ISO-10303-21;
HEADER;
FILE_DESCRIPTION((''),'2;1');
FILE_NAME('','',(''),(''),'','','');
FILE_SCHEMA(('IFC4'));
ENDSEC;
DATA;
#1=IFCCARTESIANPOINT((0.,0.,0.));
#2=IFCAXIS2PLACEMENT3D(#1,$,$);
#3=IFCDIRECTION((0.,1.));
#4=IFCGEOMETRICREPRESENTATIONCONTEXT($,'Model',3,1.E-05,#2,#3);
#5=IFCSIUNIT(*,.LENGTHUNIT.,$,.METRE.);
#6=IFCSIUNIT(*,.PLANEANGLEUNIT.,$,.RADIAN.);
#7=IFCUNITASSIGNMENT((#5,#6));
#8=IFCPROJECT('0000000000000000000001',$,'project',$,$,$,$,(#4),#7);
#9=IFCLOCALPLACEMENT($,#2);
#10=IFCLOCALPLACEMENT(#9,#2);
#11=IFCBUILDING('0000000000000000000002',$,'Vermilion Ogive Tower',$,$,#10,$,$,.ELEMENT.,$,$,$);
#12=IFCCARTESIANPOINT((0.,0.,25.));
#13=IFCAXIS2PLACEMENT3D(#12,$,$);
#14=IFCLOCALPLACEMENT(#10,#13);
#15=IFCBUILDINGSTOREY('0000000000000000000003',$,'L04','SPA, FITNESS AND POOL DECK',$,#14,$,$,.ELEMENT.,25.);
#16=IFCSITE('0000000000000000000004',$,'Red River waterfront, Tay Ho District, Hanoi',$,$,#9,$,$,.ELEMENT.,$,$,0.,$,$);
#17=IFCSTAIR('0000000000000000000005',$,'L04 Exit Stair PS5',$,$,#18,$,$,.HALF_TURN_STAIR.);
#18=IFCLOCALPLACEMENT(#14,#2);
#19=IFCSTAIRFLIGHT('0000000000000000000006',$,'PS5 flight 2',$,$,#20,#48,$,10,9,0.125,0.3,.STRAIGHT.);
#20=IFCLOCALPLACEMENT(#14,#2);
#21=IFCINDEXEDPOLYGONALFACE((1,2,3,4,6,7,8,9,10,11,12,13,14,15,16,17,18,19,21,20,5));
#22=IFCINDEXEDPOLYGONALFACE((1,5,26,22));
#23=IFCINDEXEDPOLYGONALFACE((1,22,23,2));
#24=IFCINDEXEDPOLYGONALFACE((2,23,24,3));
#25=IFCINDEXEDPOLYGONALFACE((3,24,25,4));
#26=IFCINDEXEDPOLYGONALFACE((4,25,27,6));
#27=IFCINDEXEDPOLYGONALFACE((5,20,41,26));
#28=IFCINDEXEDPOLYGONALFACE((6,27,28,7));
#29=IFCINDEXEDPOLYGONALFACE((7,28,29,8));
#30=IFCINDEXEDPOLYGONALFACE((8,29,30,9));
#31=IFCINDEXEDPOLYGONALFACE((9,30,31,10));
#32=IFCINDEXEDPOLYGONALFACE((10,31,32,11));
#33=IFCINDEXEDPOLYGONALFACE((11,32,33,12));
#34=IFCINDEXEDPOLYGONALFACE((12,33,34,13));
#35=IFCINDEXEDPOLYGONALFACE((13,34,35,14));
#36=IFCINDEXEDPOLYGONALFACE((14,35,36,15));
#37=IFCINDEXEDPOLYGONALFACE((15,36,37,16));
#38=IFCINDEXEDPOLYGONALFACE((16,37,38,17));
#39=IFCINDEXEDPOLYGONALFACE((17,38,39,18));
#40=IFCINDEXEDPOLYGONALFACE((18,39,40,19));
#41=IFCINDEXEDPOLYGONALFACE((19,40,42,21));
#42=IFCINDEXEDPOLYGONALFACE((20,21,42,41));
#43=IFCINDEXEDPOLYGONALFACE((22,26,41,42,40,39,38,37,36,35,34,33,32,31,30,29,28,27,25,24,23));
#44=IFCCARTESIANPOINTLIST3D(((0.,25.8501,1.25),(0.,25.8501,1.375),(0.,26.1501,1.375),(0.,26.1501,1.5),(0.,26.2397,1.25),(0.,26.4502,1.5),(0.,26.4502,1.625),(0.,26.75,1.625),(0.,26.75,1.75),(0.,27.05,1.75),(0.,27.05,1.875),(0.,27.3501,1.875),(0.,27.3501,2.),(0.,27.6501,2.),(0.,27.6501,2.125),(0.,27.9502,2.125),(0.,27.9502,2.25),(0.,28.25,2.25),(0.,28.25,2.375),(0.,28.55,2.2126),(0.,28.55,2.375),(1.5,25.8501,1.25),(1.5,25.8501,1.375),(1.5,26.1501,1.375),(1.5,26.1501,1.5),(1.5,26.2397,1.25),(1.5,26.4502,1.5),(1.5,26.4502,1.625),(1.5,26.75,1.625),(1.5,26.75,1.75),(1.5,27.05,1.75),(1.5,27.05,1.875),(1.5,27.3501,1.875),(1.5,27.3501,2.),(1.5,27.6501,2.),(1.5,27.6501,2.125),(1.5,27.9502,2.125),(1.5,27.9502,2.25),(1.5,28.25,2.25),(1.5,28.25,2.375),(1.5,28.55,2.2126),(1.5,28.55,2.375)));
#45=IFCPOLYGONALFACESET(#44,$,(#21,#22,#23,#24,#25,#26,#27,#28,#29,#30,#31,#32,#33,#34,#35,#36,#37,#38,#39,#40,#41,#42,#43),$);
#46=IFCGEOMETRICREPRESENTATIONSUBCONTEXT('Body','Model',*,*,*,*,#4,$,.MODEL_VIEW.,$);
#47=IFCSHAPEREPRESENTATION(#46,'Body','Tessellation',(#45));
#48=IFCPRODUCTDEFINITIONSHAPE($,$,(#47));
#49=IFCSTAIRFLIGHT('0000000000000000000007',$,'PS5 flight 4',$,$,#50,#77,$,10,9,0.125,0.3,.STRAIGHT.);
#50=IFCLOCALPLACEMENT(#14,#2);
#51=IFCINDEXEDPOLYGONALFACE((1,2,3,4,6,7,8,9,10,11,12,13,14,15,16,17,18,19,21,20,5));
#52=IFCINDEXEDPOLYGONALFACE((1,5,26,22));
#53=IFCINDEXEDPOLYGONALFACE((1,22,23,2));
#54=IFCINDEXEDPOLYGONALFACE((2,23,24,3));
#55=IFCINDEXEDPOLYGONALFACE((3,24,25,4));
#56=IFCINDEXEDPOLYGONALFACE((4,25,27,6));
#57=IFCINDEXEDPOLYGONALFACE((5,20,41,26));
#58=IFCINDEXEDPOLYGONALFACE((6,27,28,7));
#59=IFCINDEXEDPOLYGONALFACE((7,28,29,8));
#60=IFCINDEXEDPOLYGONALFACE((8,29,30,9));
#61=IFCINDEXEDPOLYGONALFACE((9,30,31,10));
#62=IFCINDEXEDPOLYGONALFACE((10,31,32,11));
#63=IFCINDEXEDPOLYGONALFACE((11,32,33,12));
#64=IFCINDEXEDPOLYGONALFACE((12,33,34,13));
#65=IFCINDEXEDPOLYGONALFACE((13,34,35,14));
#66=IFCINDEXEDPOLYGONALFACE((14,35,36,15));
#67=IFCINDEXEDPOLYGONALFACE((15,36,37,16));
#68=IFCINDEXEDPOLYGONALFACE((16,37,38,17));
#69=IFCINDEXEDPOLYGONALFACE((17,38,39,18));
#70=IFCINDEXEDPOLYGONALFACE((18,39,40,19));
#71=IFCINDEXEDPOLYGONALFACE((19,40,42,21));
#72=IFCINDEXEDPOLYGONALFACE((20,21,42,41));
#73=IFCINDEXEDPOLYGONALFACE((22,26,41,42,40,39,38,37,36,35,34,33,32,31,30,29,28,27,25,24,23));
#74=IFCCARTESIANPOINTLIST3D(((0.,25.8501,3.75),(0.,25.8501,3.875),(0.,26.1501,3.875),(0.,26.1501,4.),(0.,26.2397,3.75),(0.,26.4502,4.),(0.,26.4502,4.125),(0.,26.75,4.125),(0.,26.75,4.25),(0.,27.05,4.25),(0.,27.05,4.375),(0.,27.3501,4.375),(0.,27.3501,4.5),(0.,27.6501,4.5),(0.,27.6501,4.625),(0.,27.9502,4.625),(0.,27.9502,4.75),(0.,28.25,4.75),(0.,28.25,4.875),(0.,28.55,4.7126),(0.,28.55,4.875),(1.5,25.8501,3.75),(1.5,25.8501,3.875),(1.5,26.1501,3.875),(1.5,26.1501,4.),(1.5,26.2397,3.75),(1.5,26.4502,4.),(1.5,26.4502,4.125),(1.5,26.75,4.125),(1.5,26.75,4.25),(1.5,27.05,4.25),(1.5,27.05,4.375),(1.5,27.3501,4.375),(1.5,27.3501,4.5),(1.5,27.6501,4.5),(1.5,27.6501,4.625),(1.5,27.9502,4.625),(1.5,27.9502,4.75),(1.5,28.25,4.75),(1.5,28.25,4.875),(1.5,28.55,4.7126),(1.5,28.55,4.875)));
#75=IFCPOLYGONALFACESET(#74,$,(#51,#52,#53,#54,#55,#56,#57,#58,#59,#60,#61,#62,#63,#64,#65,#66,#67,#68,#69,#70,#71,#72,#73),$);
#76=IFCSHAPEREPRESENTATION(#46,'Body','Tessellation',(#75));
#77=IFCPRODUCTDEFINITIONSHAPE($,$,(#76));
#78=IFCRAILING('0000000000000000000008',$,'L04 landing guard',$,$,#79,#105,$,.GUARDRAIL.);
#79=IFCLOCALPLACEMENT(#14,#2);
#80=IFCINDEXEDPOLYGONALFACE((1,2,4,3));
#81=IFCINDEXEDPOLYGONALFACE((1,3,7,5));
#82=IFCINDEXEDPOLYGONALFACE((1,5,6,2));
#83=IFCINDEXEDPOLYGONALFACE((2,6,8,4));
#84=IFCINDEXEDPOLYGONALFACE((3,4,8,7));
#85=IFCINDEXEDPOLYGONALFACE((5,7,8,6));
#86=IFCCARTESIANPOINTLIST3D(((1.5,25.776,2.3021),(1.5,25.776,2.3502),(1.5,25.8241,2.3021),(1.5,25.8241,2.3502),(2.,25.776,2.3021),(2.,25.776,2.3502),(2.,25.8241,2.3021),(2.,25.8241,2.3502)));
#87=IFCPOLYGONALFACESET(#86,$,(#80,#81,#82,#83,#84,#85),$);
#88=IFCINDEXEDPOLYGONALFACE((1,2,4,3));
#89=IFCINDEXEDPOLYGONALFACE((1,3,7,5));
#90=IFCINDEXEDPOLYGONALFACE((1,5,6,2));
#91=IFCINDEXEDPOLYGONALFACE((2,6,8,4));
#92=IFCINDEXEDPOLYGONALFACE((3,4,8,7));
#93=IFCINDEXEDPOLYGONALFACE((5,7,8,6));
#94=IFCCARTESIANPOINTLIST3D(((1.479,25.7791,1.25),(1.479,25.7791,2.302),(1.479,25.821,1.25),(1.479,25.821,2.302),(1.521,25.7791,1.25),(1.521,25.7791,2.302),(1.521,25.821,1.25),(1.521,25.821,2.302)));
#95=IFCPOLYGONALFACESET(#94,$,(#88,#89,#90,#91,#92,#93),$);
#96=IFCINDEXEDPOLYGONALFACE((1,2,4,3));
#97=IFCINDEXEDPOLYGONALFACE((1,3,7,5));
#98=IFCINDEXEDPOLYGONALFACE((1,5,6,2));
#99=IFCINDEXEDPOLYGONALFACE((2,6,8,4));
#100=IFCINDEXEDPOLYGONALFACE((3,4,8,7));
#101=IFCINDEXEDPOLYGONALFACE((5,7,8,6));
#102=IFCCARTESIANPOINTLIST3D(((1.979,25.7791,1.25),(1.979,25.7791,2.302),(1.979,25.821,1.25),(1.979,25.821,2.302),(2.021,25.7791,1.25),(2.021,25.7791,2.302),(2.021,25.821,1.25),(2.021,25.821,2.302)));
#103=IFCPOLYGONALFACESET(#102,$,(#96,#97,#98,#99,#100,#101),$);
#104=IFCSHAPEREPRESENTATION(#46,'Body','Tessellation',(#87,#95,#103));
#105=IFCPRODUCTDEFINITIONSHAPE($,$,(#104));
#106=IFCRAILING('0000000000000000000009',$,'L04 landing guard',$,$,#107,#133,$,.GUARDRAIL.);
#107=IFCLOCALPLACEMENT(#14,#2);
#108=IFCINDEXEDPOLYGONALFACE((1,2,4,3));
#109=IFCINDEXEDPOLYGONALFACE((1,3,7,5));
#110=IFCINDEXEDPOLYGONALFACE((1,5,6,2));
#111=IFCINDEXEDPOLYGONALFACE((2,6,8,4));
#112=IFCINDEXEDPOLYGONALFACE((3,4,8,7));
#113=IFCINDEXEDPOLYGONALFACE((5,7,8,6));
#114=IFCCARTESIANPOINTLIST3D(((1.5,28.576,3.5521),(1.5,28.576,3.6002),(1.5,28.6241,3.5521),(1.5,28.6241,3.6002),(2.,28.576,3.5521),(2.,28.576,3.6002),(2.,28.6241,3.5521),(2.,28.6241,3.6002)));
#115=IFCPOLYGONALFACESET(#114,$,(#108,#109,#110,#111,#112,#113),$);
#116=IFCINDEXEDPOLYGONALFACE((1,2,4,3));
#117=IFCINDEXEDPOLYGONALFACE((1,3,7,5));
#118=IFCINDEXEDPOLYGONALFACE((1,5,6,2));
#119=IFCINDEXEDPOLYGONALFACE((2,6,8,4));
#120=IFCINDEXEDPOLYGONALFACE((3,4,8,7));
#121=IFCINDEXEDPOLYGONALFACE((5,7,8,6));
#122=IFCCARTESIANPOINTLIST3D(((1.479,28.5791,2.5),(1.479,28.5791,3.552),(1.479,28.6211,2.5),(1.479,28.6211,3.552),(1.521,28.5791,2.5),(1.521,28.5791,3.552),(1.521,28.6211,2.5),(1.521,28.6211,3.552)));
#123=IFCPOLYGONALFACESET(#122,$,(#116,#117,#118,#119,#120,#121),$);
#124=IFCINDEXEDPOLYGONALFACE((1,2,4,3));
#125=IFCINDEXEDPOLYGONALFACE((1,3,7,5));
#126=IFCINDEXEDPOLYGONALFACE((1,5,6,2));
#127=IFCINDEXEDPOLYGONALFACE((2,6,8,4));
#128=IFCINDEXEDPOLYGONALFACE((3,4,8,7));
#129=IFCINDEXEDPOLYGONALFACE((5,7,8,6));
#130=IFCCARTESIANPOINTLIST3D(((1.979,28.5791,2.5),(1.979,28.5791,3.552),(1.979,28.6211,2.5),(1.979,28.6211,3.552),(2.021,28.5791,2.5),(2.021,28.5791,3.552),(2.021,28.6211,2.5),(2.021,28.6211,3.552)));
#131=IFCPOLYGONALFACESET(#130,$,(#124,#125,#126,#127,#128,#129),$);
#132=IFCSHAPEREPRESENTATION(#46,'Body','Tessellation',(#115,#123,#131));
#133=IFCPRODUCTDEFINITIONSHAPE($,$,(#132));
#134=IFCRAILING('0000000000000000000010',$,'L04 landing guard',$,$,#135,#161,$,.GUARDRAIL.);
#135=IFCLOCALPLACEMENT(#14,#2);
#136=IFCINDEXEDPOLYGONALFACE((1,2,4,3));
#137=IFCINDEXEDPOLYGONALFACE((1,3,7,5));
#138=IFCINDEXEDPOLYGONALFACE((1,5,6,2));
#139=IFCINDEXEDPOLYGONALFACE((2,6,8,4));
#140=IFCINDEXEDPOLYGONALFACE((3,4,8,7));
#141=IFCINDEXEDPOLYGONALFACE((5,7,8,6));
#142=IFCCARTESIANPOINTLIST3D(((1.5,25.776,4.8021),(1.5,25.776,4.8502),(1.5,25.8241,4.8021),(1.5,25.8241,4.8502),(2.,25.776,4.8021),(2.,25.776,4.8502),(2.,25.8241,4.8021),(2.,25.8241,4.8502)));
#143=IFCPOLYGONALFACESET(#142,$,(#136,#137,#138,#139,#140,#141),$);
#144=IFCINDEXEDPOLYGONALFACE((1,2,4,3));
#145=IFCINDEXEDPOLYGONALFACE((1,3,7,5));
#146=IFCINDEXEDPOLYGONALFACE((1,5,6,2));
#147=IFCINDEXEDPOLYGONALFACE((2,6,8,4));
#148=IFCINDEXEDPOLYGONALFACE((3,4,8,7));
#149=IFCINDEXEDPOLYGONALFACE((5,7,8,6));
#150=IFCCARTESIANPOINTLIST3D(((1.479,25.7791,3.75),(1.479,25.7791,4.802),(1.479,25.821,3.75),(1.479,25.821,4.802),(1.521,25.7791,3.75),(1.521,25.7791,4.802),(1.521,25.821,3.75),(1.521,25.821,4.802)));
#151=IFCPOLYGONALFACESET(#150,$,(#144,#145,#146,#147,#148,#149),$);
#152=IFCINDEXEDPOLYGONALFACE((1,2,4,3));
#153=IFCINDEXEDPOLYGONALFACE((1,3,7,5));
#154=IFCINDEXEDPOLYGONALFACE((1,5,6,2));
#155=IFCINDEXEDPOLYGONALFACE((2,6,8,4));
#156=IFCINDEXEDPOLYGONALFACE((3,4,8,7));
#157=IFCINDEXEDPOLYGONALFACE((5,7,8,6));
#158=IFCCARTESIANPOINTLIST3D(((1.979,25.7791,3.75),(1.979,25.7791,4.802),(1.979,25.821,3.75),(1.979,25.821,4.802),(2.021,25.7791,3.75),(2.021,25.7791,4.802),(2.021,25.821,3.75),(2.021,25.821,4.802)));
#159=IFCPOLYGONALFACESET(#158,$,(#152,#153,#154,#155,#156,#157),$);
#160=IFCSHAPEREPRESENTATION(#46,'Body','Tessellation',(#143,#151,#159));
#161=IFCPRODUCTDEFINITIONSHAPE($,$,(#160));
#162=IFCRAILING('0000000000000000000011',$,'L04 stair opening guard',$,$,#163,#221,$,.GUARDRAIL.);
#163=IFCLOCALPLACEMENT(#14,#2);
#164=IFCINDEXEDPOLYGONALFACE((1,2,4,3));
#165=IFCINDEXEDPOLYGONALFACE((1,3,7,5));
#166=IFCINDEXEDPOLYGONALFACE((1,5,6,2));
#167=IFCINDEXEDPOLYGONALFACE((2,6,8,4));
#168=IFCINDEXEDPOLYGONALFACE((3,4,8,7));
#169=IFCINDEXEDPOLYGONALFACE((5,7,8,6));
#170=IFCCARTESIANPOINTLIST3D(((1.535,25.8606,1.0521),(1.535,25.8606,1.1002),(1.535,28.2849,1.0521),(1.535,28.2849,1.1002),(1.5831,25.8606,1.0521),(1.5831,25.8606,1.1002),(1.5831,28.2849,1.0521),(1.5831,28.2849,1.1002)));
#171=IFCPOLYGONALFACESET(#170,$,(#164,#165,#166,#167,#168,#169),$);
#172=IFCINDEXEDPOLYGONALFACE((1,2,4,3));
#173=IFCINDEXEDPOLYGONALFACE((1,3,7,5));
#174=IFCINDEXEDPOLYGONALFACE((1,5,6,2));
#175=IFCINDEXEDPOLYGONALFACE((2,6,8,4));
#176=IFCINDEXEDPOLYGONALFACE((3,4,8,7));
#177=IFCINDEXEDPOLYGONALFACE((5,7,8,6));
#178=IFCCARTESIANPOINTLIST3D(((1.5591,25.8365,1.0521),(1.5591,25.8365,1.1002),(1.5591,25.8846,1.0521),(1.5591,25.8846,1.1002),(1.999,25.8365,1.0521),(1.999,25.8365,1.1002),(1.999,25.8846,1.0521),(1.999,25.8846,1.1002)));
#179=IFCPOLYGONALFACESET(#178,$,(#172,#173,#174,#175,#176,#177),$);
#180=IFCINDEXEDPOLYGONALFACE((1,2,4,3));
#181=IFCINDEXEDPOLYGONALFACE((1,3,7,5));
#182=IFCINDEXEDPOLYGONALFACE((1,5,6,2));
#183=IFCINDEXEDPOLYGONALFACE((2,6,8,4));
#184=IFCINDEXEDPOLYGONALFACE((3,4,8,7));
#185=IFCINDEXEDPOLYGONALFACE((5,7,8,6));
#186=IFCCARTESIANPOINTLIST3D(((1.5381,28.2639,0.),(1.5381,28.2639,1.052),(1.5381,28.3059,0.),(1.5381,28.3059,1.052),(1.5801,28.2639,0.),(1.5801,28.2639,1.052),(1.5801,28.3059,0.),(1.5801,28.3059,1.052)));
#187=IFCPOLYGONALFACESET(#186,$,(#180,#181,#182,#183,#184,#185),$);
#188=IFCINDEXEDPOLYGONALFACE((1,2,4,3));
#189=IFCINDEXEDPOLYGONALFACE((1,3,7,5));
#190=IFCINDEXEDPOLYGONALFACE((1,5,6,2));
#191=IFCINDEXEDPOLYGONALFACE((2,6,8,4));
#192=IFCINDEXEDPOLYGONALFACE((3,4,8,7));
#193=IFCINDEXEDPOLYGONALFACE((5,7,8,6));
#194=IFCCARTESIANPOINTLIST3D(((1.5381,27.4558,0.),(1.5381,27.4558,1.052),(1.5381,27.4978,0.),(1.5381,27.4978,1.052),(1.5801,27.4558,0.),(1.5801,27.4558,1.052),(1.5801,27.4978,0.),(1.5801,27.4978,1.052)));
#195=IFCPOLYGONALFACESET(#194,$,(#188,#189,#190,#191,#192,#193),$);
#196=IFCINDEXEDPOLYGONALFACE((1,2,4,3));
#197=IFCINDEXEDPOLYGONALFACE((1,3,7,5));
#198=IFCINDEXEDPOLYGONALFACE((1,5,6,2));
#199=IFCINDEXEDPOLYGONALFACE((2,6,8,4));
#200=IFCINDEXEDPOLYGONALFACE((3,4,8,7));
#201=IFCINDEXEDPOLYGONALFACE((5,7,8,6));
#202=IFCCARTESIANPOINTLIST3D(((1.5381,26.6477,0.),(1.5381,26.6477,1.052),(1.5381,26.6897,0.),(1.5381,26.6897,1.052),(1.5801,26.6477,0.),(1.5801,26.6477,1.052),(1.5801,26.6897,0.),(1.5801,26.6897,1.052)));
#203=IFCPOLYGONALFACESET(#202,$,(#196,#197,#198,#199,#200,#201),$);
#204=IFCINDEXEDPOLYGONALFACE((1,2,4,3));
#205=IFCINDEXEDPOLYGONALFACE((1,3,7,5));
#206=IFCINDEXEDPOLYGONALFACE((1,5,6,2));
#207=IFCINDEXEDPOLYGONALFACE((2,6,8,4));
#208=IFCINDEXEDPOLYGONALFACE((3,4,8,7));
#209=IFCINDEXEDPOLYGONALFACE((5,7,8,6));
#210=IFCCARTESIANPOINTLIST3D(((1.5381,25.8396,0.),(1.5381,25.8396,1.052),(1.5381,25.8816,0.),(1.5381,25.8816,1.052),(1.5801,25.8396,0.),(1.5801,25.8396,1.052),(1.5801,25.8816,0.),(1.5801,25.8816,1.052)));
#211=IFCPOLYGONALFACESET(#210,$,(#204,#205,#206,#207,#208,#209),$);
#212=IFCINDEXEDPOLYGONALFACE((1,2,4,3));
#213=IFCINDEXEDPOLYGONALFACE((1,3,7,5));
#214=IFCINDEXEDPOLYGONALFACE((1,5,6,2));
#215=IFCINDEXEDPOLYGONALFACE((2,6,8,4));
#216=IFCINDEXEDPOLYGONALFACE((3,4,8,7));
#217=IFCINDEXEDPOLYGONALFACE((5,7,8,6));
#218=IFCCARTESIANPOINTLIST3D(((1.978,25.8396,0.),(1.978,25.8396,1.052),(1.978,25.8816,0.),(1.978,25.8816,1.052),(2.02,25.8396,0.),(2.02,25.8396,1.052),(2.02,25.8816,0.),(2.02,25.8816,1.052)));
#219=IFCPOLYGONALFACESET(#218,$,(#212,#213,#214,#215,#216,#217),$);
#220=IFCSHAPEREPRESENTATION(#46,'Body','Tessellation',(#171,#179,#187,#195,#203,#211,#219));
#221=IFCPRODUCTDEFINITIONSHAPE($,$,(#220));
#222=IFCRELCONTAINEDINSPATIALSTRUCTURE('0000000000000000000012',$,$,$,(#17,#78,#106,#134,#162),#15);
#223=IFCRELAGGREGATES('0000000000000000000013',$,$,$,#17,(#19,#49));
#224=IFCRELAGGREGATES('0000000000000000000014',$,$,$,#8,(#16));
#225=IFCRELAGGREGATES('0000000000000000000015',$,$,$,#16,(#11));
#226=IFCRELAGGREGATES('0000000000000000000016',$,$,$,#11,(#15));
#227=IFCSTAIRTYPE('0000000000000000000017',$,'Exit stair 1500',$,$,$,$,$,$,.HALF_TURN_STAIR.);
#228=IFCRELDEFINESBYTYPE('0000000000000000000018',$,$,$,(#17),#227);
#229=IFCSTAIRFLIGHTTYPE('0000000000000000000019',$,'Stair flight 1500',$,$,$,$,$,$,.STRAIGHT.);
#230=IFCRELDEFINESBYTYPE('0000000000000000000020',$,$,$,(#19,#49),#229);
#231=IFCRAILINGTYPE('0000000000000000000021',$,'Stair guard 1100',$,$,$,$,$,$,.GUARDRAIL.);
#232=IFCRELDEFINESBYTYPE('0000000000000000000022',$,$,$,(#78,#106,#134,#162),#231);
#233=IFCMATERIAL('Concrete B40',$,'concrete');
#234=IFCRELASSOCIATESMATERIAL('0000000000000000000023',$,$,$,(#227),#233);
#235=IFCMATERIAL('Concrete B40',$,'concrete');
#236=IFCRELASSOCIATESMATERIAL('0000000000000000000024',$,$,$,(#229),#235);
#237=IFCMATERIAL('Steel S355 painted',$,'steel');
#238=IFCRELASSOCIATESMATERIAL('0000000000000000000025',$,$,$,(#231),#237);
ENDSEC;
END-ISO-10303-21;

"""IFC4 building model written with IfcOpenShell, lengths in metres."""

from ifc_helpers import new_model, si_unit, direction, frame, origin, origin_2d, place, context, subcontext, project, spatial, polyline, rectangle, outline, extrude, material, type_object, element, aggregate, save


model = new_model("IFC4")

# Units and contexts
model_context = context("Model", 3, precision=1e-05, world=origin(), true_north=direction((0.0, 1.0)))
body_context = subcontext(model_context, "Body", "Model", "MODEL_VIEW")
ifc_project = project(units=[si_unit("LENGTHUNIT", "METRE"), si_unit("PLANEANGLEUNIT", "RADIAN")], contexts=[model_context])

# Site, building, storey
site_placement = place(None, origin())
site = spatial("IfcSite", under=ifc_project, at=site_placement, Name="Red River waterfront, Tay Ho District, Hanoi", CompositionType="ELEMENT", RefElevation=0.0)
building_placement = place(site_placement, origin())
building = spatial("IfcBuilding", under=site, at=building_placement, Name="Vermilion Ogive Tower", CompositionType="ELEMENT")
storey_placement = place(building_placement, frame((0.0, 0.0, 25.0)))
storey = spatial("IfcBuildingStorey", under=building, at=storey_placement, Name="L04", Description="SPA, FITNESS AND POOL DECK", CompositionType="ELEMENT", Elevation=25.0)

# Stair, stair flights
ifc_material_1 = material(Name="Concrete B40", Category="concrete")
stair_type = type_object("IfcStairType", Name="Exit stair 1500", PredefinedType="HALF_TURN_STAIR", material=ifc_material_1)
stair_placement = place(storey_placement, origin())
stair = element("IfcStair", 1, at=stair_placement, inside=storey, type_object=stair_type, Name="L04 Exit Stair PS5", PredefinedType="HALF_TURN_STAIR")
ifc_material_2 = material(Name="Concrete B40", Category="concrete")
stair_flight_type = type_object("IfcStairFlightType", Name="Stair flight 1500", PredefinedType="STRAIGHT", material=ifc_material_2)
stair_flight_1_placement = place(storey_placement, frame((0.75, 25.8501, 1.25), z_axis=(0.0, 0.0, 1.0), x_axis=(0.0, 1.0, 0.0)))
stair_flight_1 = element("IfcStairFlight", 2, at=stair_flight_1_placement, type_object=stair_flight_type, Name="PS5 flight 2", NumberOfRisers=10, NumberOfTreads=9, PredefinedType="STRAIGHT", RiserHeight=0.125, TreadLength=0.3, context=body_context, shape_type="SweptSolid", body=[
    extrude(outline(polyline([(0.0, 0.0), (0.0, 0.125), (0.3, 0.125), (0.3, 0.25), (0.6001, 0.25), (0.6001, 0.375), (0.8999, 0.375), (0.8999, 0.5), (1.2, 0.5), (1.2, 0.625), (1.5, 0.625), (1.5, 0.75), (1.8, 0.75), (1.8, 0.875), (2.1001, 0.875), (2.1001, 1.0), (2.3999, 1.0), (2.3999, 1.125), (2.7, 1.125), (2.7, 1.25), (2.7, 0.9626), (0.3896, 0.0), (0.0, 0.0)])), frame((0.0, 0.75, 0.0), z_axis=(0.0, -1.0, 0.0), x_axis=(1.0, 0.0, 0.0)), (0.0, 0.0, 1.0), 1.5),
])
stair_flight_2_placement = place(storey_placement, frame((0.75, 25.8501, 3.75), z_axis=(0.0, 0.0, 1.0), x_axis=(0.0, 1.0, 0.0)))
stair_flight_2 = element("IfcStairFlight", 3, at=stair_flight_2_placement, type_object=stair_flight_type, Name="PS5 flight 4", NumberOfRisers=10, NumberOfTreads=9, PredefinedType="STRAIGHT", RiserHeight=0.125, TreadLength=0.3, context=body_context, shape_type="SweptSolid", body=[
    extrude(outline(polyline([(0.0, 0.0), (0.0, 0.125), (0.3, 0.125), (0.3, 0.25), (0.6001, 0.25), (0.6001, 0.375), (0.8999, 0.375), (0.8999, 0.5), (1.2, 0.5), (1.2, 0.625), (1.5, 0.625), (1.5, 0.75), (1.8, 0.75), (1.8, 0.875), (2.1001, 0.875), (2.1001, 1.0), (2.3999, 1.0), (2.3999, 1.125), (2.7, 1.125), (2.7, 1.25), (2.7, 0.9626), (0.3896, 0.0), (0.0, 0.0)])), frame((0.0, 0.75, 0.0), z_axis=(0.0, -1.0, 0.0), x_axis=(1.0, 0.0, 0.0)), (0.0, 0.0, 1.0), 1.5),
])
aggregate(stair, [stair_flight_1, stair_flight_2])

# Railings
ifc_material_3 = material(Name="Steel S355 painted", Category="steel")
railing_type_1 = type_object("IfcRailingType", Name="Stair guard 1100", PredefinedType="GUARDRAIL", material=ifc_material_3)
for number, where, name in (
    (4, (1.5, 25.8, 1.25), "L04 landing guard"),
    (5, (1.5, 28.6001, 2.5), "L04 landing guard"),
    (6, (1.5, 25.8, 3.75), "L04 landing guard"),
):
    element("IfcRailing", number, at=place(storey_placement, frame(where)), inside=storey, type_object=railing_type_1, Name=name, PredefinedType="GUARDRAIL", context=body_context, shape_type="SweptSolid", body=[
        extrude(rectangle(XDim=0.0481, YDim=0.0481, at=origin_2d()), frame((0.0, 0.0, 1.0762), z_axis=(1.0, 0.0, 0.0), x_axis=(0.0, 1.0, 0.0)), (0.0, 0.0, 1.0), 0.5),
        extrude(rectangle(XDim=0.042, YDim=0.042, at=origin_2d()), origin(), (0.0, 0.0, 1.0), 1.052),
        extrude(rectangle(XDim=0.042, YDim=0.042, at=origin_2d()), frame((0.5, 0.0, 0.0)), (0.0, 0.0, 1.0), 1.052),
    ])
railing_1_placement = place(storey_placement, frame((1.5591, 28.2849, 0.0)))
element("IfcRailing", 7, at=railing_1_placement, inside=storey, type_object=railing_type_1, Name="L04 stair opening guard", PredefinedType="GUARDRAIL", context=body_context, shape_type="SweptSolid", body=[
    extrude(rectangle(XDim=0.0481, YDim=0.0481, at=origin_2d()), frame((0.0, 0.0, 1.0762), z_axis=(0.0, -1.0, 0.0), x_axis=(1.0, 0.0, 0.0)), (0.0, 0.0, 1.0), 2.4243),
    extrude(rectangle(XDim=0.0481, YDim=0.0481, at=origin_2d()), frame((0.0, -2.4243, 1.0762), z_axis=(1.0, 0.0, 0.0), x_axis=(0.0, 1.0, 0.0)), (0.0, 0.0, 1.0), 0.4399),
    extrude(rectangle(XDim=0.042, YDim=0.042, at=origin_2d()), origin(), (0.0, 0.0, 1.0), 1.052),
    extrude(rectangle(XDim=0.042, YDim=0.042, at=origin_2d()), frame((0.0, -0.8081, 0.0)), (0.0, 0.0, 1.0), 1.052),
    extrude(rectangle(XDim=0.042, YDim=0.042, at=origin_2d()), frame((0.0, -1.6162, 0.0)), (0.0, 0.0, 1.0), 1.052),
    extrude(rectangle(XDim=0.042, YDim=0.042, at=origin_2d()), frame((0.0, -2.4243, 0.0)), (0.0, 0.0, 1.0), 1.052),
    extrude(rectangle(XDim=0.042, YDim=0.042, at=origin_2d()), frame((0.4399, -2.4243, 0.0)), (0.0, 0.0, 1.0), 1.052),
])

save(model, "model.ifc")
